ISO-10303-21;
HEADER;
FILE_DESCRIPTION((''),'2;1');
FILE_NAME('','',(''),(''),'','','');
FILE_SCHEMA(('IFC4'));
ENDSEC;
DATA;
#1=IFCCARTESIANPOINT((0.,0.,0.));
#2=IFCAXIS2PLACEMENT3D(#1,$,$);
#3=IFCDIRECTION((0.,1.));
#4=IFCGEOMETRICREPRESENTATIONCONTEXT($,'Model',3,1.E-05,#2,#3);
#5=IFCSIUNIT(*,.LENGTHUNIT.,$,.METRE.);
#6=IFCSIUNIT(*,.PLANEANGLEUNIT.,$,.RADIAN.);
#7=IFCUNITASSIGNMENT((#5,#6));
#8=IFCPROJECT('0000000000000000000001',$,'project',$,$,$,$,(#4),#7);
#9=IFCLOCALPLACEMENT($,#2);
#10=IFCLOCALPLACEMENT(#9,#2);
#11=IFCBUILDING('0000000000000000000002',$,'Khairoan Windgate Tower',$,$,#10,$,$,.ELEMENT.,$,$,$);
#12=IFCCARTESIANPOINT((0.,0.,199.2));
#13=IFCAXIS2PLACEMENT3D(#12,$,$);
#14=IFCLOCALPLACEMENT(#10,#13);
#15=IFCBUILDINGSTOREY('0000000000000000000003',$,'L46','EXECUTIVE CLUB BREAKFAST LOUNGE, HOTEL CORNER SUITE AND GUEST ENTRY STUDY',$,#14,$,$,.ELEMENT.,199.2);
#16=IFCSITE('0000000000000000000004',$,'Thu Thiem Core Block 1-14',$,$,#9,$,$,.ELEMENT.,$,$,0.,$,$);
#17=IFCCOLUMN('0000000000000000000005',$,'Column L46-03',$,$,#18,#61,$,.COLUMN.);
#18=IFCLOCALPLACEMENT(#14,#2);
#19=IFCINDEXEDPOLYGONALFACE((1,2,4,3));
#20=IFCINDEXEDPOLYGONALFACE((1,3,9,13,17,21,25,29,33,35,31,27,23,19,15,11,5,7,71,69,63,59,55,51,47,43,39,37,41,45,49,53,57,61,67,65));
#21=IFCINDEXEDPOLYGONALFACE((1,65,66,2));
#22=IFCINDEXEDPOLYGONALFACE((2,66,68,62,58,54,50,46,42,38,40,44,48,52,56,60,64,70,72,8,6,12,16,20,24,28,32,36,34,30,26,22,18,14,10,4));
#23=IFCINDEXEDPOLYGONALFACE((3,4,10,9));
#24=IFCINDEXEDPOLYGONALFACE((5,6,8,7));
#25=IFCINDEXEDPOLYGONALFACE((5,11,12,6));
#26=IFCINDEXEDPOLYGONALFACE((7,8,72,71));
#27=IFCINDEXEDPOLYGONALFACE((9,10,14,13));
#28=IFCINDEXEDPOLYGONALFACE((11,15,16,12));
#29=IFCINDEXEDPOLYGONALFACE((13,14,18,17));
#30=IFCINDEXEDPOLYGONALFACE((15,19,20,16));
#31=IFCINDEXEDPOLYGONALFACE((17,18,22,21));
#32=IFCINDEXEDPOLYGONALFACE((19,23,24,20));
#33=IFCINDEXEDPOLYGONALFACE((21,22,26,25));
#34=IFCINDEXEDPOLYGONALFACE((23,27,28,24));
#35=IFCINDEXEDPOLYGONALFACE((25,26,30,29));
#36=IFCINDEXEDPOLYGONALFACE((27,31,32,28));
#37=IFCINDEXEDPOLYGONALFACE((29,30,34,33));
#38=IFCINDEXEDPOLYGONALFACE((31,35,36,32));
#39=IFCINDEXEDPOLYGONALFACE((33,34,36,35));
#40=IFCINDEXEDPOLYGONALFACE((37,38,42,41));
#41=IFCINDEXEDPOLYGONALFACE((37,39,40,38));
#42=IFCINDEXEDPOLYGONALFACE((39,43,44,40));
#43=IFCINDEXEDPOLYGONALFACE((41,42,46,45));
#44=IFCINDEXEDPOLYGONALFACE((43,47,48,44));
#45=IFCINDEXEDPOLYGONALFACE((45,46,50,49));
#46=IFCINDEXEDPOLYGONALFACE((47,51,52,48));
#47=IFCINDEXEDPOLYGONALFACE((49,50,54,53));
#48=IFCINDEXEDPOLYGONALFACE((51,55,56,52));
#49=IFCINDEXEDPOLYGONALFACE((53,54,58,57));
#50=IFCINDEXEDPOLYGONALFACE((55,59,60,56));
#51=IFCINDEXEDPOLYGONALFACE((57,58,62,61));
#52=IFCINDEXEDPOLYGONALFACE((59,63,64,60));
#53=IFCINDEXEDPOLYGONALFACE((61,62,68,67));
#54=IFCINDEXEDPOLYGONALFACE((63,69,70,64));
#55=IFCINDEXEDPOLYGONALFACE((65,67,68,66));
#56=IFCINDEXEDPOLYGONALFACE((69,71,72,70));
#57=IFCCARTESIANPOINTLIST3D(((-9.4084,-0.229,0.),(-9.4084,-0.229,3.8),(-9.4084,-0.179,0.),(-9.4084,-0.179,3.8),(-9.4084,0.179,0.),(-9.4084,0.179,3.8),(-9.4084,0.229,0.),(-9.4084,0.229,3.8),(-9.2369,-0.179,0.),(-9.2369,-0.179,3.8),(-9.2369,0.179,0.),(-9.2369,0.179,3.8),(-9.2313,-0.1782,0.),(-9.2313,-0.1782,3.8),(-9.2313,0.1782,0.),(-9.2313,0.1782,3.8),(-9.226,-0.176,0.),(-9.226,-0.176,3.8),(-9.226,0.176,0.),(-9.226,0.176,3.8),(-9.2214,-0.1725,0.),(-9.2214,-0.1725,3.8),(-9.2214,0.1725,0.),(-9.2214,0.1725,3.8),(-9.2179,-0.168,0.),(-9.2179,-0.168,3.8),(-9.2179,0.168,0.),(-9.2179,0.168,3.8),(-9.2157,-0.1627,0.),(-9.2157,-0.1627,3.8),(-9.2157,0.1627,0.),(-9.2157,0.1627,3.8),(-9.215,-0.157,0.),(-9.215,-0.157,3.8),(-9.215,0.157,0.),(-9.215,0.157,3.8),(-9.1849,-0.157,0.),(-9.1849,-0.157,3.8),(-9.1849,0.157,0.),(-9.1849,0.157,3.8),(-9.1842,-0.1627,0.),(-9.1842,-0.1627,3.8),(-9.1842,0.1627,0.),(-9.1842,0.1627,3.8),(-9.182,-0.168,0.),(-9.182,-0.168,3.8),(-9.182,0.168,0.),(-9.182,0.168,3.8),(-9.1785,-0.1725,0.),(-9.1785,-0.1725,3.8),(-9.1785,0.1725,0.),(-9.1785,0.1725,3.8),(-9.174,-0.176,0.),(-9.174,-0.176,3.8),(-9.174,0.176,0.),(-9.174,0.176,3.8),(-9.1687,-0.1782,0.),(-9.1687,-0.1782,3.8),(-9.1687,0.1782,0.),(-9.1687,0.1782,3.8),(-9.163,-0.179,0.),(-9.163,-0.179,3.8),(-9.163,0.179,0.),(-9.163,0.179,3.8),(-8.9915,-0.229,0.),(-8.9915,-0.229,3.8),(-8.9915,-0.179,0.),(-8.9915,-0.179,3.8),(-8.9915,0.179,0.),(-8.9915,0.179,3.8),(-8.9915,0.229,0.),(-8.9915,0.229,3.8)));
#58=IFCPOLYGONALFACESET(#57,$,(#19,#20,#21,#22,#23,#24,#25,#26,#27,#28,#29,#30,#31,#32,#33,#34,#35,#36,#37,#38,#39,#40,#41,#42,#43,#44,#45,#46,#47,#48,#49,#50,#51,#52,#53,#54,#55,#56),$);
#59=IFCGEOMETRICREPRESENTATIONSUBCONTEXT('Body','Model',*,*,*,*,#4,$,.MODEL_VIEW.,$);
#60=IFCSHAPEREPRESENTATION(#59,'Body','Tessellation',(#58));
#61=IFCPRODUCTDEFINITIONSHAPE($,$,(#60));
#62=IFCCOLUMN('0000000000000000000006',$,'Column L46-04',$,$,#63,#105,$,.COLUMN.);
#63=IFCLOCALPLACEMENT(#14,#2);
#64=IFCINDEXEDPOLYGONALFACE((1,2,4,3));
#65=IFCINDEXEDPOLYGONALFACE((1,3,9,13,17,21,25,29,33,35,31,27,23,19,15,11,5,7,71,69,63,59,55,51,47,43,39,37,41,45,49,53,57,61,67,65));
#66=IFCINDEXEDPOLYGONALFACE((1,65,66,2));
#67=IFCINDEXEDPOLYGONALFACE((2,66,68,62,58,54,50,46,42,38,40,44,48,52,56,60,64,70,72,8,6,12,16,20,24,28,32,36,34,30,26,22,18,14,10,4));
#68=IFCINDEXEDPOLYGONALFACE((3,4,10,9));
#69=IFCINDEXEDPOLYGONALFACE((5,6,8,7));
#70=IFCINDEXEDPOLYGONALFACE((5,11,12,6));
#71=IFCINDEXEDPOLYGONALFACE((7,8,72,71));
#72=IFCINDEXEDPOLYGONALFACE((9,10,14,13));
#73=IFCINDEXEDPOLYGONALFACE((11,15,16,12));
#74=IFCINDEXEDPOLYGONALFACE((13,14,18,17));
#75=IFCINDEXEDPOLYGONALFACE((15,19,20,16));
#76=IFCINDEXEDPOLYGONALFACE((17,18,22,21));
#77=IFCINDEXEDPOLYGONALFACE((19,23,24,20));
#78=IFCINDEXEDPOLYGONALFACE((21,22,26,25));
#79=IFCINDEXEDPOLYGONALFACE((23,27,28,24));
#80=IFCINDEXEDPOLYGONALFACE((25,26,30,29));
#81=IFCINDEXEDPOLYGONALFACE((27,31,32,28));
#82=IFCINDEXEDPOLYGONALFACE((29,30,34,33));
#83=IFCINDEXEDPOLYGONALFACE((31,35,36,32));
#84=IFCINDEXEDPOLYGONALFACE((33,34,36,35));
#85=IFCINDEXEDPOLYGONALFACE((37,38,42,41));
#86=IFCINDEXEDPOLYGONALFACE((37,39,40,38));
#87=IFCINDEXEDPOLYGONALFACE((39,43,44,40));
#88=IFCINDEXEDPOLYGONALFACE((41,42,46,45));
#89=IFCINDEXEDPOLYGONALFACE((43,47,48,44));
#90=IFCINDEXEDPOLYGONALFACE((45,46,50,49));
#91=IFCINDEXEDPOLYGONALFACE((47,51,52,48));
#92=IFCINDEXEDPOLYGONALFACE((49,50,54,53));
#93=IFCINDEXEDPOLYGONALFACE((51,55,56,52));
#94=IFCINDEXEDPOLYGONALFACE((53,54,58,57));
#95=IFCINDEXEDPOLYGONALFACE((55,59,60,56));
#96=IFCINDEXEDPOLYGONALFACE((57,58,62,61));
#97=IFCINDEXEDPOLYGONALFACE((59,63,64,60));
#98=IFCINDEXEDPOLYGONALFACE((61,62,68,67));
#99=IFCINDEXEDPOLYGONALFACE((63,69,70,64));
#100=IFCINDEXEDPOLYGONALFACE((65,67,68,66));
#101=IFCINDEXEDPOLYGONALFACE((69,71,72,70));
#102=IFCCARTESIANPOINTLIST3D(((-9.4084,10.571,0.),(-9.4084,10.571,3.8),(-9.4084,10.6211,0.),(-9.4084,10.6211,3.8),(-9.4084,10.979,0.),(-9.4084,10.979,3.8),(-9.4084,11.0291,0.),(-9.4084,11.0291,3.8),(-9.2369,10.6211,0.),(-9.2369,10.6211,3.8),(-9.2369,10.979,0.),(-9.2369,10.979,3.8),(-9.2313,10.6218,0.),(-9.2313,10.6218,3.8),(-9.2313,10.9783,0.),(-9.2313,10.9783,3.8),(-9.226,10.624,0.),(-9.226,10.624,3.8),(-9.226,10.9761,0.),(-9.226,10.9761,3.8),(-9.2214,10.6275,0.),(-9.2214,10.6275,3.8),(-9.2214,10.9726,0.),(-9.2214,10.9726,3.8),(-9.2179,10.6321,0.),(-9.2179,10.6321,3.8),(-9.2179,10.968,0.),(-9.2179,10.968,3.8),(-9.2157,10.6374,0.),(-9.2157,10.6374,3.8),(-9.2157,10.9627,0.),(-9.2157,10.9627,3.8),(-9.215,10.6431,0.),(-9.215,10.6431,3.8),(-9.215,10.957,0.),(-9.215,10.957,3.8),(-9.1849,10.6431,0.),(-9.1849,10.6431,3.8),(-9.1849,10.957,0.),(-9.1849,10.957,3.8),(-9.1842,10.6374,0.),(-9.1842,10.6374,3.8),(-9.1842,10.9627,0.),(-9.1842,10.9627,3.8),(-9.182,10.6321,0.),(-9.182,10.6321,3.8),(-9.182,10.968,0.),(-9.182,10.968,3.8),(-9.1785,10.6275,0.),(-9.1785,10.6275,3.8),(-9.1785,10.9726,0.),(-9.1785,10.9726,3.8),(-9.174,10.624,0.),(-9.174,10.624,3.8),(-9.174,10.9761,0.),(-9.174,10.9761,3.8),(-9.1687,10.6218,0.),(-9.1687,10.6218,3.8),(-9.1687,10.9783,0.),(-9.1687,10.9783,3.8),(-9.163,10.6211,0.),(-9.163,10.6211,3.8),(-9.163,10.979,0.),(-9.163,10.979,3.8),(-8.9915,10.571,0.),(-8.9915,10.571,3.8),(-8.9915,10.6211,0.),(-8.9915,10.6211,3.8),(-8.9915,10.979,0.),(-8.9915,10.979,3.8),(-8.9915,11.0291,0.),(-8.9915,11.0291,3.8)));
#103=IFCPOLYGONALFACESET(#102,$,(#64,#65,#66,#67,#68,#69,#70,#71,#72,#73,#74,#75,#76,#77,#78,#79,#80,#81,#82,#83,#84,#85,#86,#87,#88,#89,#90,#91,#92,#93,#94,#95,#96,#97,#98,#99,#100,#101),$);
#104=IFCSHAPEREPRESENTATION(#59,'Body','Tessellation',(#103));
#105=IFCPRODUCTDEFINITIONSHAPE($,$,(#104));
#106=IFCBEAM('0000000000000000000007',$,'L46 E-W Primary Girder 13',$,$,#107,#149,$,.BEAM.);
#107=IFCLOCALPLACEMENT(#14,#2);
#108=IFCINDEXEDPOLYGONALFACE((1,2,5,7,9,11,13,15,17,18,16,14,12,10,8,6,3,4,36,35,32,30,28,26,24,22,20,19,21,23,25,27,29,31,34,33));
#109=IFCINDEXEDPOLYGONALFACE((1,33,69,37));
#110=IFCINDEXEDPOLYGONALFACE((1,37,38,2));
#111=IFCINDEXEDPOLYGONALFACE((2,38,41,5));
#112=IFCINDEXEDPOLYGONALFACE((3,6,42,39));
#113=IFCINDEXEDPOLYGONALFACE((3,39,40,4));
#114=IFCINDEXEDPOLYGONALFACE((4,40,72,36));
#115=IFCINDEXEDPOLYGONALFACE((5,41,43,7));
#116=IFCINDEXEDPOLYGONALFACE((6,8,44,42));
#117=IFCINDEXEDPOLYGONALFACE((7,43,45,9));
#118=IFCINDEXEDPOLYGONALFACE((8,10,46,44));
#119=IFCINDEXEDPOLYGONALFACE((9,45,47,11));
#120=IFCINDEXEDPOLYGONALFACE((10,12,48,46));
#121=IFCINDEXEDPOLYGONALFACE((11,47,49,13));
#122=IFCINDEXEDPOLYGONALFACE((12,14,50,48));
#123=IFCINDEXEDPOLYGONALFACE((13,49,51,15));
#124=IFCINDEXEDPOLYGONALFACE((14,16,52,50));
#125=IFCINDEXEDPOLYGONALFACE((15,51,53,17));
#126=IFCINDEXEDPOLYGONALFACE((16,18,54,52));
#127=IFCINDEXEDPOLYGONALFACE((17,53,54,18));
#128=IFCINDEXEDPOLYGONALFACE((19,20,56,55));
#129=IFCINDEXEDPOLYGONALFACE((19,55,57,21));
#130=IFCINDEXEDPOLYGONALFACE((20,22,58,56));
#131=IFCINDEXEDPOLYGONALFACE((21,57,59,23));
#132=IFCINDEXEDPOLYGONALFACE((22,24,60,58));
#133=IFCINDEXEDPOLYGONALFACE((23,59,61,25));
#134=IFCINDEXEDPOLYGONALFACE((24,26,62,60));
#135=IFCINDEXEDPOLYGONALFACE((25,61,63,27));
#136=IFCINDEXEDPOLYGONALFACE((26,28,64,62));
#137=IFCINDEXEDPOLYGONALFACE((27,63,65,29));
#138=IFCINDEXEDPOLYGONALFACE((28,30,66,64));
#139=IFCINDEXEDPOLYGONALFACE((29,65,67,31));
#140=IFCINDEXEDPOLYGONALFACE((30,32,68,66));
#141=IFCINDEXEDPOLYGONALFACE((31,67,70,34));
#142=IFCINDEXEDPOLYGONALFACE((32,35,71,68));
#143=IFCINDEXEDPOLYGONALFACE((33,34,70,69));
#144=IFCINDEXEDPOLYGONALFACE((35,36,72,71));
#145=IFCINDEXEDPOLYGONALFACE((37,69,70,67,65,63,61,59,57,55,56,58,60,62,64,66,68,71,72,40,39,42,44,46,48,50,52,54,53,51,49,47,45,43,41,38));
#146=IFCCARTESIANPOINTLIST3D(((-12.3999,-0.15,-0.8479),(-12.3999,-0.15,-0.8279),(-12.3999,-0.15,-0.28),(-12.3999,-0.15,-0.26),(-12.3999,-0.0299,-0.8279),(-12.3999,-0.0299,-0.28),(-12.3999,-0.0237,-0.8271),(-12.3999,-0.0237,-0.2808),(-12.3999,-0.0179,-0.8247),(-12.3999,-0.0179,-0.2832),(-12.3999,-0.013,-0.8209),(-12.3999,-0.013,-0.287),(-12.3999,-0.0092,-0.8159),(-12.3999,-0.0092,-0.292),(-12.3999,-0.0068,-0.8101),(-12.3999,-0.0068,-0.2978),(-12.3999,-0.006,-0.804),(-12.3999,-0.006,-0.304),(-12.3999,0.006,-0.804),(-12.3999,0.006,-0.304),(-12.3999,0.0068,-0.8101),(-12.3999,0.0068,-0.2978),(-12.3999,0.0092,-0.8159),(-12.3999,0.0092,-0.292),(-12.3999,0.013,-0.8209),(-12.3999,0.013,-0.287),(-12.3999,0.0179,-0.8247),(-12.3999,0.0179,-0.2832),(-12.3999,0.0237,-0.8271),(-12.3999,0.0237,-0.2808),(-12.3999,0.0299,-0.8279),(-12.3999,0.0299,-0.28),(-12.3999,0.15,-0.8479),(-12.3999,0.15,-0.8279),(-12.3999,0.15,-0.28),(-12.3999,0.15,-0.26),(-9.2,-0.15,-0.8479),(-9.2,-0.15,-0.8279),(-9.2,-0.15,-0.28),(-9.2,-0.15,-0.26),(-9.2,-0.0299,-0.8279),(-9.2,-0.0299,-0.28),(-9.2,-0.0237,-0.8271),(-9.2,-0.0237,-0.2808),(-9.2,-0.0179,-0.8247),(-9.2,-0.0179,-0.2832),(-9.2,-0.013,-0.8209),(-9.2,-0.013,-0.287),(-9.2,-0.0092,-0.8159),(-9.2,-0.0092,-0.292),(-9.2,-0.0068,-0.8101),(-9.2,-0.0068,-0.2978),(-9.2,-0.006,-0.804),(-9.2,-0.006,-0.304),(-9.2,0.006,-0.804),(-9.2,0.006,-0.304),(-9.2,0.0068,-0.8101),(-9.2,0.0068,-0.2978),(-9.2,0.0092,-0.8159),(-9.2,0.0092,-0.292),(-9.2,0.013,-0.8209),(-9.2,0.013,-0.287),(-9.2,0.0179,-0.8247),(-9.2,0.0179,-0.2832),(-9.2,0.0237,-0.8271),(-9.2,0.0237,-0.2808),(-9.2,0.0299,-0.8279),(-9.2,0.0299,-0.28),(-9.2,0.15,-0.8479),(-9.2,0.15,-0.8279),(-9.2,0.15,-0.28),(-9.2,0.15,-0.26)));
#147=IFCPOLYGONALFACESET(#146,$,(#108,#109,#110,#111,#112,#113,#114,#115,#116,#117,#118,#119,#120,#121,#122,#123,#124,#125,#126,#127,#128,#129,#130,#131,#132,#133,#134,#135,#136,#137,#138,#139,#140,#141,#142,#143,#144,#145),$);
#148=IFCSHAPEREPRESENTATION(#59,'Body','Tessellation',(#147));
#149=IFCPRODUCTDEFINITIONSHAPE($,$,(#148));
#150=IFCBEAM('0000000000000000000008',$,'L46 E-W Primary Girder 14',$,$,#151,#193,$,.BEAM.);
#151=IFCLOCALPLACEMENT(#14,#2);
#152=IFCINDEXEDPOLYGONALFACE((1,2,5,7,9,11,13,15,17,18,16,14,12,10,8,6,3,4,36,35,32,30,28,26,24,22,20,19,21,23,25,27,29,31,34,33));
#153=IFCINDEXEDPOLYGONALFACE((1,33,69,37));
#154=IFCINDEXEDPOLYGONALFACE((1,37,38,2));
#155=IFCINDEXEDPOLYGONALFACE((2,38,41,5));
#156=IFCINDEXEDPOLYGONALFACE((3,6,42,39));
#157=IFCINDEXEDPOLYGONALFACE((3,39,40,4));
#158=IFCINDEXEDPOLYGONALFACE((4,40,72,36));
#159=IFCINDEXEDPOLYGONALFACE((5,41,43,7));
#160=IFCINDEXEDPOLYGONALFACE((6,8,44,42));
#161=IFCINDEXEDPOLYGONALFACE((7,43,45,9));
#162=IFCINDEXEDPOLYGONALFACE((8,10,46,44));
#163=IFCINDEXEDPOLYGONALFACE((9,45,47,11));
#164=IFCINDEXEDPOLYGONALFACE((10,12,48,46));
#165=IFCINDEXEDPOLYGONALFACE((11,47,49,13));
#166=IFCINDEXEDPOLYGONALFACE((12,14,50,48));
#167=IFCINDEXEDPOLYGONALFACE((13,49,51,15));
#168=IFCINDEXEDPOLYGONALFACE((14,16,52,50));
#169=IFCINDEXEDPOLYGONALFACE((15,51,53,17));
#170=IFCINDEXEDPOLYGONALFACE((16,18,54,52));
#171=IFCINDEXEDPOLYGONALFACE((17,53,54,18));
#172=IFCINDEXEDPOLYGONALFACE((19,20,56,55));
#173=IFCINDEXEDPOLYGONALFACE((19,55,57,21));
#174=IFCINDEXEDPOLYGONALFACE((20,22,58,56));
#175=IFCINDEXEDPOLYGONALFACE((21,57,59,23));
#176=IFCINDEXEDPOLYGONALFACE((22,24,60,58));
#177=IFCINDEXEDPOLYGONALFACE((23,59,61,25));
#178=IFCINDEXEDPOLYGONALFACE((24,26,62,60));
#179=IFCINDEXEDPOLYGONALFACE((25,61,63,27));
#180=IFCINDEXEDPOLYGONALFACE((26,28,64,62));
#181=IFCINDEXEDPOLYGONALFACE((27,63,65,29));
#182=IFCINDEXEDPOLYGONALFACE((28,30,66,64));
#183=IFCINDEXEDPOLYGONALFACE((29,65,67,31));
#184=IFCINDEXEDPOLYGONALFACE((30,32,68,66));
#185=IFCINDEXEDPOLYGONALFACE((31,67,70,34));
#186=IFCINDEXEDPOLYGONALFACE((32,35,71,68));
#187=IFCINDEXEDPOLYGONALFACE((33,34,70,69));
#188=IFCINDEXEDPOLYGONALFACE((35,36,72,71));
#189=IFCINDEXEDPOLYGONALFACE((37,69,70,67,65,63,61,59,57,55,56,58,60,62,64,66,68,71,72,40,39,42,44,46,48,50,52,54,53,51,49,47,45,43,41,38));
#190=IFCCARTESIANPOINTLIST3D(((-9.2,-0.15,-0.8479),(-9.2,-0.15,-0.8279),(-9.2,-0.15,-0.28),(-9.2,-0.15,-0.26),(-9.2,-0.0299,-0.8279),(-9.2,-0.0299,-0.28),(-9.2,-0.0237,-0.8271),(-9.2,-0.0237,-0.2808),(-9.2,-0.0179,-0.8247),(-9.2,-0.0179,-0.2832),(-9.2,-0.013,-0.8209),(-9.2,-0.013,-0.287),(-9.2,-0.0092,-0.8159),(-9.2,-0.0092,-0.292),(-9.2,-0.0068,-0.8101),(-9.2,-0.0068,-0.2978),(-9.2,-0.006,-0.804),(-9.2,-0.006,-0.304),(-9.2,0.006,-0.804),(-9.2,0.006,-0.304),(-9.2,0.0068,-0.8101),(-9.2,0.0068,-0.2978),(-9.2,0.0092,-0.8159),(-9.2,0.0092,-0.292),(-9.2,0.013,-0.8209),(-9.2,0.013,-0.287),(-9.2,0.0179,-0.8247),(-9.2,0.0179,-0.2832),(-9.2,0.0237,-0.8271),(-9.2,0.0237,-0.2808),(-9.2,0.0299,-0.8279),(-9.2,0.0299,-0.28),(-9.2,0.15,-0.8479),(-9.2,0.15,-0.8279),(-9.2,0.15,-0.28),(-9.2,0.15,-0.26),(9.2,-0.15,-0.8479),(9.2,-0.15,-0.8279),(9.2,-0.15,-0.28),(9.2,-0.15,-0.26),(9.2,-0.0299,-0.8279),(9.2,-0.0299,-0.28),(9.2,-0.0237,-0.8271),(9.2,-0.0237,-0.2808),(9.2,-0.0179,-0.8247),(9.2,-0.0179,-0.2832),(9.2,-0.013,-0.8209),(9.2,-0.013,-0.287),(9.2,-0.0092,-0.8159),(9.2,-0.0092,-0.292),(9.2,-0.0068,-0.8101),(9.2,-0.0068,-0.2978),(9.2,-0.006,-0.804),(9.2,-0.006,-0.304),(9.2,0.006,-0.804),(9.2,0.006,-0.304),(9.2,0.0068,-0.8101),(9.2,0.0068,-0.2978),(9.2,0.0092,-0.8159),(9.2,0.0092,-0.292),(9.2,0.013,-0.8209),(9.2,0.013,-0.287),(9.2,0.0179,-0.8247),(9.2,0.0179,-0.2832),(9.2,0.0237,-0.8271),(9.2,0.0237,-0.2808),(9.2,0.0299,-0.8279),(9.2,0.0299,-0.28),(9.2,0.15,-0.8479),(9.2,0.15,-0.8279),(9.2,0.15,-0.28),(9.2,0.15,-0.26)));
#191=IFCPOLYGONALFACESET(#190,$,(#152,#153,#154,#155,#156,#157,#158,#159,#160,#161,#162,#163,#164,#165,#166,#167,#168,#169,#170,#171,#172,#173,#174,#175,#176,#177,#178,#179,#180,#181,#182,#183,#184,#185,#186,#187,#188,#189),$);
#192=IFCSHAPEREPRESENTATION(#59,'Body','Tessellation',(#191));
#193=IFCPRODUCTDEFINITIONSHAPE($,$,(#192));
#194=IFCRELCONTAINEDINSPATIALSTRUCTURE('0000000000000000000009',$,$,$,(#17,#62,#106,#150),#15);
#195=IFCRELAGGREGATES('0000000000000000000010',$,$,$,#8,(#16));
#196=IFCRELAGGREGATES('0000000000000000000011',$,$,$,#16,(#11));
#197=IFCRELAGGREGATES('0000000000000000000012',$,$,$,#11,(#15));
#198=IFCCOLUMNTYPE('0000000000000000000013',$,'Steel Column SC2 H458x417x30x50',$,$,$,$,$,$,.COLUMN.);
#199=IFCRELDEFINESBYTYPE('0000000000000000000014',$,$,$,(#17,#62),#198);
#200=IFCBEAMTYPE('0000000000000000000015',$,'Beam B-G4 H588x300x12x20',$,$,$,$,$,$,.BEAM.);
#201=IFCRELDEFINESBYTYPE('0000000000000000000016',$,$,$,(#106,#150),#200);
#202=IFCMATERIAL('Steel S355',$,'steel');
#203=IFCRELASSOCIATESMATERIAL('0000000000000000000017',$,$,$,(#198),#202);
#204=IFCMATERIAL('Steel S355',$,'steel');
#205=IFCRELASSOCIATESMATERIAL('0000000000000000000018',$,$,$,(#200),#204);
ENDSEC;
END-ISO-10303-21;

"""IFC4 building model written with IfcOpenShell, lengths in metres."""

from ifc_helpers import new_model, si_unit, direction, frame, origin, origin_2d, place, context, subcontext, project, spatial, i_section, extrude, material, material_profile, profile_set, type_object, element, save


model = new_model("IFC4")

# Units and contexts
model_context = context("Model", 3, precision=1e-05, world=origin(), true_north=direction((0.0, 1.0)))
body_context = subcontext(model_context, "Body", "Model", "MODEL_VIEW")
ifc_project = project(units=[si_unit("LENGTHUNIT", "METRE"), si_unit("PLANEANGLEUNIT", "RADIAN")], contexts=[model_context])

# Site, building, storey
site_placement = place(None, origin())
site = spatial("IfcSite", under=ifc_project, at=site_placement, Name="Thu Thiem Core Block 1-14", CompositionType="ELEMENT", RefElevation=0.0)
building_placement = place(site_placement, origin())
building = spatial("IfcBuilding", under=site, at=building_placement, Name="Khairoan Windgate Tower", CompositionType="ELEMENT")
storey_placement = place(building_placement, frame((0.0, 0.0, 199.2)))
storey = spatial("IfcBuildingStorey", under=building, at=storey_placement, Name="L46", Description="EXECUTIVE CLUB BREAKFAST LOUNGE, HOTEL CORNER SUITE AND GUEST ENTRY STUDY", CompositionType="ELEMENT", Elevation=199.2)

# Columns
ifc_material_1 = material(Name="Steel S355", Category="steel")
ifc_material_profile_1 = material_profile(ifc_material_1, i_section(OverallWidth=0.417, OverallDepth=0.458, WebThickness=0.03, FlangeThickness=0.05, FilletRadius=0.022, at=origin_2d()))
ifc_profile_set_1 = profile_set([ifc_material_profile_1], Name="Steel S355")
column_type = type_object("IfcColumnType", Name="Steel Column SC2 H458x417x30x50", PredefinedType="COLUMN", material=ifc_profile_set_1)
for number, where, z_axis, x_axis, name in (
    (1, (-9.2, 0.0, 0.0), (0.0, 0.0, 1.0), (1.0, 0.0, 0.0), "Column L46-03"),
    (2, (-9.2, 10.8, 0.0), (0.0, 0.0, 1.0), (1.0, 0.0, 0.0), "Column L46-04"),
):
    element("IfcColumn", number, at=place(storey_placement, frame(where, z_axis=z_axis, x_axis=x_axis)), inside=storey, type_object=column_type, Name=name, PredefinedType="COLUMN", context=body_context, shape_type="SweptSolid", body=[
        extrude(i_section(OverallWidth=0.417, OverallDepth=0.458, WebThickness=0.03, FlangeThickness=0.05, FilletRadius=0.022, at=origin_2d()), origin(), (0.0, 0.0, 1.0), 3.8),
    ])

# Beams
ifc_material_2 = material(Name="Steel S355", Category="steel")
ifc_material_profile_2 = material_profile(ifc_material_2, i_section(OverallWidth=0.3, OverallDepth=0.5879, WebThickness=0.012, FlangeThickness=0.02, FilletRadius=0.0239, at=origin_2d()))
ifc_profile_set_2 = profile_set([ifc_material_profile_2], Name="Steel S355")
beam_type = type_object("IfcBeamType", Name="Beam B-G4 H588x300x12x20", PredefinedType="BEAM", material=ifc_profile_set_2)
beam_1_placement = place(storey_placement, frame((-12.3999, 0.0, -0.554), z_axis=(1.0, 0.0, 0.0), x_axis=(0.0, 1.0, 0.0)))
element("IfcBeam", 3, at=beam_1_placement, inside=storey, type_object=beam_type, Name="L46 E-W Primary Girder 13", PredefinedType="BEAM", context=body_context, shape_type="SweptSolid", body=[
    extrude(i_section(OverallWidth=0.3, OverallDepth=0.5879, WebThickness=0.012, FlangeThickness=0.02, FilletRadius=0.0239, at=origin_2d()), origin(), (0.0, 0.0, 1.0), 3.2),
])
beam_2_placement = place(storey_placement, frame((-9.2, 0.0, -0.554), z_axis=(1.0, 0.0, 0.0), x_axis=(0.0, 1.0, 0.0)))
element("IfcBeam", 4, at=beam_2_placement, inside=storey, type_object=beam_type, Name="L46 E-W Primary Girder 14", PredefinedType="BEAM", context=body_context, shape_type="SweptSolid", body=[
    extrude(i_section(OverallWidth=0.3, OverallDepth=0.5879, WebThickness=0.012, FlangeThickness=0.02, FilletRadius=0.0239, at=origin_2d()), origin(), (0.0, 0.0, 1.0), 18.3999),
])

save(model, "model.ifc")
